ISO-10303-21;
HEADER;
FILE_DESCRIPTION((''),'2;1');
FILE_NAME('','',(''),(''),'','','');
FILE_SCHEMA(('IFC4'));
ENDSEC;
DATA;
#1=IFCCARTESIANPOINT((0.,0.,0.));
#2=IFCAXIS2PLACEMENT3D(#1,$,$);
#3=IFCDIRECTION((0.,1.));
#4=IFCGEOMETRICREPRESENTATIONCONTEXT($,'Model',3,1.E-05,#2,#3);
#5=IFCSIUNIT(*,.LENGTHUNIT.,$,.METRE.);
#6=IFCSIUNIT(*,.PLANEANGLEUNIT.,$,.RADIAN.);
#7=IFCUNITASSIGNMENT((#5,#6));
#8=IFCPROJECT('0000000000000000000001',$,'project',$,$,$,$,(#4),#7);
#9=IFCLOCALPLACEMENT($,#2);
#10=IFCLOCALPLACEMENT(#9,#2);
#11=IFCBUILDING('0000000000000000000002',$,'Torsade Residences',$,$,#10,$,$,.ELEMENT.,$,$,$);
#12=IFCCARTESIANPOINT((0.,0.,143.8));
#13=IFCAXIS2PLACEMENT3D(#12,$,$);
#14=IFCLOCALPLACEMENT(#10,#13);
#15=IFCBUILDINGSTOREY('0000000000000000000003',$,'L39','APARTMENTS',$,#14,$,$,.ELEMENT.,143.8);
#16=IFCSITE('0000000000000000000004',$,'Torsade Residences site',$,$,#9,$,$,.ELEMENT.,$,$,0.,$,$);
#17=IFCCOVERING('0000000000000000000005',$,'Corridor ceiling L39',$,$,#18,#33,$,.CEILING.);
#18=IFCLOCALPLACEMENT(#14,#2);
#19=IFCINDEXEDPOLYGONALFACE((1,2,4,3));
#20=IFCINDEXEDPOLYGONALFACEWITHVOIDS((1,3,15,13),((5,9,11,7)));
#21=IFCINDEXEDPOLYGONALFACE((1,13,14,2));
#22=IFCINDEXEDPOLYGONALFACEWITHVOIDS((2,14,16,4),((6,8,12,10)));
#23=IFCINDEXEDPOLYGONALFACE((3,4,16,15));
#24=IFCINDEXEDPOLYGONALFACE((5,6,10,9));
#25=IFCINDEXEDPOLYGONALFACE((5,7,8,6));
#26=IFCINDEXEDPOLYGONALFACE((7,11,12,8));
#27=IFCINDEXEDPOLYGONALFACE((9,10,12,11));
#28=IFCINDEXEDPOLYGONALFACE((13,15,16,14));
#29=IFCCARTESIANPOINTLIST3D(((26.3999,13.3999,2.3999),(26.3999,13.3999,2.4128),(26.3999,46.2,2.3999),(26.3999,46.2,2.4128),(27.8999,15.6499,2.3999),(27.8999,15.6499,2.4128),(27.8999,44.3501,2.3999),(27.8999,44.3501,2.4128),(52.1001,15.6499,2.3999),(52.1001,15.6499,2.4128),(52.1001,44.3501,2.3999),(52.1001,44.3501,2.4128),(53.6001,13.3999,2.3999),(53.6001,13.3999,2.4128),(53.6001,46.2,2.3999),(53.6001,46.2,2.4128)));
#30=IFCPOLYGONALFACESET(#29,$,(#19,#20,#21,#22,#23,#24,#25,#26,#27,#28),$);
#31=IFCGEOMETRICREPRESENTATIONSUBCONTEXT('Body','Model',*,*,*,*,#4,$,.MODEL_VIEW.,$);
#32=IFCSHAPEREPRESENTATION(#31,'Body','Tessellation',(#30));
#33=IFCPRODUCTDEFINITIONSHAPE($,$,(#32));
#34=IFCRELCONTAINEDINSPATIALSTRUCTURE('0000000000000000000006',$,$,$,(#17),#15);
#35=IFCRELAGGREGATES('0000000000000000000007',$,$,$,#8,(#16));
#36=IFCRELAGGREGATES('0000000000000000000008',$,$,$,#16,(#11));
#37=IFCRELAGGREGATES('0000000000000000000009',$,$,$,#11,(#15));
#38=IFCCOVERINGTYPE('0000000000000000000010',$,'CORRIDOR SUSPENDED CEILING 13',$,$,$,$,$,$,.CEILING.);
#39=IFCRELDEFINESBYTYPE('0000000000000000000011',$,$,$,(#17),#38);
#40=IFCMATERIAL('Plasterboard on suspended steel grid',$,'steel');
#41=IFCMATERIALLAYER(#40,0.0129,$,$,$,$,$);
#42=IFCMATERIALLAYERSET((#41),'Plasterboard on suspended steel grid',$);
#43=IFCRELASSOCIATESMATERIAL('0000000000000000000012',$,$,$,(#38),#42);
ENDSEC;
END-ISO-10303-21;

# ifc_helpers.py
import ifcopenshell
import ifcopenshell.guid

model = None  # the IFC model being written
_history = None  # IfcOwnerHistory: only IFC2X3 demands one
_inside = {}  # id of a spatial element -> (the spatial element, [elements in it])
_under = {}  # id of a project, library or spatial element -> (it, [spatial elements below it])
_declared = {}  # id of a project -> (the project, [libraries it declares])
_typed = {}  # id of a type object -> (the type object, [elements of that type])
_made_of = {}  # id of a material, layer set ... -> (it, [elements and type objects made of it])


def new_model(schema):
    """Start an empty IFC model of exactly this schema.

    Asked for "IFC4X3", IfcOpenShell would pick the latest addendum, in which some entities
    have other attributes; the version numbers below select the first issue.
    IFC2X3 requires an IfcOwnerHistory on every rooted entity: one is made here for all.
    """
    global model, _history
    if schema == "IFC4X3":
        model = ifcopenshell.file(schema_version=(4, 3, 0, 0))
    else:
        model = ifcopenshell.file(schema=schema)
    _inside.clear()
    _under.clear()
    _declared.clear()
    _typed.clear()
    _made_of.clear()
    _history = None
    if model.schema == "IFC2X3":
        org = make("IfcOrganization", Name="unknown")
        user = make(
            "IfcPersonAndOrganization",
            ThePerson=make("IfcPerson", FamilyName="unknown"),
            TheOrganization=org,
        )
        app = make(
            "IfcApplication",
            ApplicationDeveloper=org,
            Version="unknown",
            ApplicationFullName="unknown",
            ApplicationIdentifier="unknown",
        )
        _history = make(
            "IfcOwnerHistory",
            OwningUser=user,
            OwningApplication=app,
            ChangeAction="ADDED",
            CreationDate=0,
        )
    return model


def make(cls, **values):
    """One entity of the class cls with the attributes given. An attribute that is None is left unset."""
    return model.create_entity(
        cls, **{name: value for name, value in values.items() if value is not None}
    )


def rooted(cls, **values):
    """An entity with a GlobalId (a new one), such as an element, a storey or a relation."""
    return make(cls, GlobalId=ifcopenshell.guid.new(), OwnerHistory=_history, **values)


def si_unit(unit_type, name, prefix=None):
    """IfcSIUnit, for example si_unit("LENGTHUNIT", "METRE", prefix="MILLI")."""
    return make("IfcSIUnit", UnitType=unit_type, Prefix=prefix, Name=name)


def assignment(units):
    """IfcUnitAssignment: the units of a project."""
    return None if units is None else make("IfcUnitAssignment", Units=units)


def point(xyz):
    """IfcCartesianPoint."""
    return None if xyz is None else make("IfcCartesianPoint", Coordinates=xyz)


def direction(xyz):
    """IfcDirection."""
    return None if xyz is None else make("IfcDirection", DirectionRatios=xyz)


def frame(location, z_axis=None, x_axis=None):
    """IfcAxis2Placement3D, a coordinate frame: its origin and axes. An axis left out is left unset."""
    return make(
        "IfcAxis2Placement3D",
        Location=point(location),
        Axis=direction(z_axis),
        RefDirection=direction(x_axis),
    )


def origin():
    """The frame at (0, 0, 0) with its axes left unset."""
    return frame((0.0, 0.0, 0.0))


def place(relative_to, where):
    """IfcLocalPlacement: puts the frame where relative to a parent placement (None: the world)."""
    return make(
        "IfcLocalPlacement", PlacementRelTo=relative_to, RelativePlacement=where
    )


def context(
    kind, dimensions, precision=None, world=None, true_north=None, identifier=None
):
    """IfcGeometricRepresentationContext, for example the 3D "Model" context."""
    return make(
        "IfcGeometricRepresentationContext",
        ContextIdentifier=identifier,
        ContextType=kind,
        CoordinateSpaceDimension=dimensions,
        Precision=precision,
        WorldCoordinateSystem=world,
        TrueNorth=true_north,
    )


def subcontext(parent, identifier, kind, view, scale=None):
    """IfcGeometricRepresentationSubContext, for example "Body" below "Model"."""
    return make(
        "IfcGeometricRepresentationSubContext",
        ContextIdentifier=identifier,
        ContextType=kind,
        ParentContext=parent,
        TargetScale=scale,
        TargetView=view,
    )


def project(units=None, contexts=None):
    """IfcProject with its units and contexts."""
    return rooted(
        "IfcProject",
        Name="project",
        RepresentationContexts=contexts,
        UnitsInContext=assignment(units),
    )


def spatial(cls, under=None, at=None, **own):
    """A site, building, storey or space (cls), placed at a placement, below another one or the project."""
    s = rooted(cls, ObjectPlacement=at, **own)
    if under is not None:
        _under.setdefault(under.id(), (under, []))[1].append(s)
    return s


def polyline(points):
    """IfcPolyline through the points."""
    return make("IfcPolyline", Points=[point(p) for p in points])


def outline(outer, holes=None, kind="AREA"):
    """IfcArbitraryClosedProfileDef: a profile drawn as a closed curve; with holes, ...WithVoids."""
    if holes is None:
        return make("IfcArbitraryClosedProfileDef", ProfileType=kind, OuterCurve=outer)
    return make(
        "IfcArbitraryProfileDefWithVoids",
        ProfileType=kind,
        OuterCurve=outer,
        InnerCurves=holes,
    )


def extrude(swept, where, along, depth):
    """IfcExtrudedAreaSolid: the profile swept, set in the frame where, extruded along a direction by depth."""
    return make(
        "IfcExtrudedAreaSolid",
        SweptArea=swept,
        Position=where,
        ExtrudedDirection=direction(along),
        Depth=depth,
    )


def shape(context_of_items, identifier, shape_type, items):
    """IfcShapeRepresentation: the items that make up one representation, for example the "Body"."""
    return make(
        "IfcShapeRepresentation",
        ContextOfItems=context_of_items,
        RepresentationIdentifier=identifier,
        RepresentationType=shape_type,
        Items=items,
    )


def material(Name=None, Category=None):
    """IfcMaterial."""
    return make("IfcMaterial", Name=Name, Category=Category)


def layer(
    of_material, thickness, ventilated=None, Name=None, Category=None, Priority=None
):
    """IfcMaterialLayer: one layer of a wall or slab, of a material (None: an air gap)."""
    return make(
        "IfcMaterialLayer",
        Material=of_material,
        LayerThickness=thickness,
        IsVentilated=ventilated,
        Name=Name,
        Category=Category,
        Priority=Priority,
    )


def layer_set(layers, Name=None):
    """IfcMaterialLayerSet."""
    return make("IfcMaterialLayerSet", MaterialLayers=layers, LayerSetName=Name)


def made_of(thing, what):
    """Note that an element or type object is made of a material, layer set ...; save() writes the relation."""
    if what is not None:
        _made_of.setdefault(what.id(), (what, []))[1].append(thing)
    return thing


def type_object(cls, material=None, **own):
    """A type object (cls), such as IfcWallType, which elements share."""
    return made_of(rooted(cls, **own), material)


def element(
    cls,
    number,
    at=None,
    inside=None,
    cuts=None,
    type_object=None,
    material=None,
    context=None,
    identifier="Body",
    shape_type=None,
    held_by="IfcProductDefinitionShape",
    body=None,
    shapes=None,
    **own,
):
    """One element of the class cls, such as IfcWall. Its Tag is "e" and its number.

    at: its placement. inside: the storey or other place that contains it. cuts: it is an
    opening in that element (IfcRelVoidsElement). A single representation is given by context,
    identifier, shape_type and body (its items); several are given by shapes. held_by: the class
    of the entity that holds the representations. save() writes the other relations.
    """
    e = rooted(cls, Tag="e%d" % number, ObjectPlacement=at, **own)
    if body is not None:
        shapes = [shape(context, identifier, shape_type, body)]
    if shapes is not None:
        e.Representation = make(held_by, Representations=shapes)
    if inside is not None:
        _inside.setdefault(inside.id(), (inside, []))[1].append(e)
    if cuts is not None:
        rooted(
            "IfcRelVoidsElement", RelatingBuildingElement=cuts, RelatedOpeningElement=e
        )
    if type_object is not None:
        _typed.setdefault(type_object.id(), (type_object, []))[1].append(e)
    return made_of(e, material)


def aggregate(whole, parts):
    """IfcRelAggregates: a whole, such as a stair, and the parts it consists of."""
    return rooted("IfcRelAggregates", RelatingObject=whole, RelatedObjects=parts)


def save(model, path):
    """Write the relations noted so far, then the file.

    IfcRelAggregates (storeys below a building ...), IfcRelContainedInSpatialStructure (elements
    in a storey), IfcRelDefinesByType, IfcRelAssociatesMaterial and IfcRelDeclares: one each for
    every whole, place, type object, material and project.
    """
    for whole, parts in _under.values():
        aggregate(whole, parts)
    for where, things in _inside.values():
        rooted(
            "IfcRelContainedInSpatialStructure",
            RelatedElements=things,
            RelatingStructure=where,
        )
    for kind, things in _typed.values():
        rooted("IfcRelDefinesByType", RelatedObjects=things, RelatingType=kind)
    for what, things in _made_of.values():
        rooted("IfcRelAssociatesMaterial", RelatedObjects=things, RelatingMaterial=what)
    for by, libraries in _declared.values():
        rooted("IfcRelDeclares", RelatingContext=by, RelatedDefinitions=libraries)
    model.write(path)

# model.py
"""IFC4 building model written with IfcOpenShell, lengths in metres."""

from ifc_helpers import new_model, si_unit, direction, frame, origin, place, context, subcontext, project, spatial, polyline, outline, extrude, material, layer, layer_set, type_object, element, save


model = new_model("IFC4")

# Units and contexts
model_context = context("Model", 3, precision=1e-05, world=origin(), true_north=direction((0.0, 1.0)))
body_context = subcontext(model_context, "Body", "Model", "MODEL_VIEW")
ifc_project = project(units=[si_unit("LENGTHUNIT", "METRE"), si_unit("PLANEANGLEUNIT", "RADIAN")], contexts=[model_context])

# Site, building, storey
site_placement = place(None, origin())
site = spatial("IfcSite", under=ifc_project, at=site_placement, Name="Torsade Residences site", CompositionType="ELEMENT", RefElevation=0.0)
building_placement = place(site_placement, origin())
building = spatial("IfcBuilding", under=site, at=building_placement, Name="Torsade Residences", CompositionType="ELEMENT")
storey_placement = place(building_placement, frame((0.0, 0.0, 143.8)))
storey = spatial("IfcBuildingStorey", under=building, at=storey_placement, Name="L39", Description="APARTMENTS", CompositionType="ELEMENT", Elevation=143.8)

# Covering
ifc_material_1 = material(Name="Plasterboard on suspended steel grid", Category="steel")
ifc_layer_1 = layer(ifc_material_1, 0.0129)
ifc_layer_set_1 = layer_set([ifc_layer_1], Name="Plasterboard on suspended steel grid")
covering_type_1 = type_object("IfcCoveringType", Name="CORRIDOR SUSPENDED CEILING 13", PredefinedType="CEILING", material=ifc_layer_set_1)
covering_1_placement = place(storey_placement, frame((0.0, 0.0, 2.3999)))
element("IfcCovering", 1, at=covering_1_placement, inside=storey, type_object=covering_type_1, Name="Corridor ceiling L39", PredefinedType="CEILING", context=body_context, shape_type="SweptSolid", body=[
    extrude(outline(polyline([(26.3999, 46.2), (26.3999, 13.3999), (53.6001, 13.3999), (53.6001, 46.2), (26.3999, 46.2)]), holes=[polyline([(52.1001, 44.3501), (27.8999, 44.3501), (27.8999, 15.6499), (52.1001, 15.6499), (52.1001, 44.3501)])]), origin(), (0.0, 0.0, 1.0), 0.0129),
])

save(model, "model.ifc")
